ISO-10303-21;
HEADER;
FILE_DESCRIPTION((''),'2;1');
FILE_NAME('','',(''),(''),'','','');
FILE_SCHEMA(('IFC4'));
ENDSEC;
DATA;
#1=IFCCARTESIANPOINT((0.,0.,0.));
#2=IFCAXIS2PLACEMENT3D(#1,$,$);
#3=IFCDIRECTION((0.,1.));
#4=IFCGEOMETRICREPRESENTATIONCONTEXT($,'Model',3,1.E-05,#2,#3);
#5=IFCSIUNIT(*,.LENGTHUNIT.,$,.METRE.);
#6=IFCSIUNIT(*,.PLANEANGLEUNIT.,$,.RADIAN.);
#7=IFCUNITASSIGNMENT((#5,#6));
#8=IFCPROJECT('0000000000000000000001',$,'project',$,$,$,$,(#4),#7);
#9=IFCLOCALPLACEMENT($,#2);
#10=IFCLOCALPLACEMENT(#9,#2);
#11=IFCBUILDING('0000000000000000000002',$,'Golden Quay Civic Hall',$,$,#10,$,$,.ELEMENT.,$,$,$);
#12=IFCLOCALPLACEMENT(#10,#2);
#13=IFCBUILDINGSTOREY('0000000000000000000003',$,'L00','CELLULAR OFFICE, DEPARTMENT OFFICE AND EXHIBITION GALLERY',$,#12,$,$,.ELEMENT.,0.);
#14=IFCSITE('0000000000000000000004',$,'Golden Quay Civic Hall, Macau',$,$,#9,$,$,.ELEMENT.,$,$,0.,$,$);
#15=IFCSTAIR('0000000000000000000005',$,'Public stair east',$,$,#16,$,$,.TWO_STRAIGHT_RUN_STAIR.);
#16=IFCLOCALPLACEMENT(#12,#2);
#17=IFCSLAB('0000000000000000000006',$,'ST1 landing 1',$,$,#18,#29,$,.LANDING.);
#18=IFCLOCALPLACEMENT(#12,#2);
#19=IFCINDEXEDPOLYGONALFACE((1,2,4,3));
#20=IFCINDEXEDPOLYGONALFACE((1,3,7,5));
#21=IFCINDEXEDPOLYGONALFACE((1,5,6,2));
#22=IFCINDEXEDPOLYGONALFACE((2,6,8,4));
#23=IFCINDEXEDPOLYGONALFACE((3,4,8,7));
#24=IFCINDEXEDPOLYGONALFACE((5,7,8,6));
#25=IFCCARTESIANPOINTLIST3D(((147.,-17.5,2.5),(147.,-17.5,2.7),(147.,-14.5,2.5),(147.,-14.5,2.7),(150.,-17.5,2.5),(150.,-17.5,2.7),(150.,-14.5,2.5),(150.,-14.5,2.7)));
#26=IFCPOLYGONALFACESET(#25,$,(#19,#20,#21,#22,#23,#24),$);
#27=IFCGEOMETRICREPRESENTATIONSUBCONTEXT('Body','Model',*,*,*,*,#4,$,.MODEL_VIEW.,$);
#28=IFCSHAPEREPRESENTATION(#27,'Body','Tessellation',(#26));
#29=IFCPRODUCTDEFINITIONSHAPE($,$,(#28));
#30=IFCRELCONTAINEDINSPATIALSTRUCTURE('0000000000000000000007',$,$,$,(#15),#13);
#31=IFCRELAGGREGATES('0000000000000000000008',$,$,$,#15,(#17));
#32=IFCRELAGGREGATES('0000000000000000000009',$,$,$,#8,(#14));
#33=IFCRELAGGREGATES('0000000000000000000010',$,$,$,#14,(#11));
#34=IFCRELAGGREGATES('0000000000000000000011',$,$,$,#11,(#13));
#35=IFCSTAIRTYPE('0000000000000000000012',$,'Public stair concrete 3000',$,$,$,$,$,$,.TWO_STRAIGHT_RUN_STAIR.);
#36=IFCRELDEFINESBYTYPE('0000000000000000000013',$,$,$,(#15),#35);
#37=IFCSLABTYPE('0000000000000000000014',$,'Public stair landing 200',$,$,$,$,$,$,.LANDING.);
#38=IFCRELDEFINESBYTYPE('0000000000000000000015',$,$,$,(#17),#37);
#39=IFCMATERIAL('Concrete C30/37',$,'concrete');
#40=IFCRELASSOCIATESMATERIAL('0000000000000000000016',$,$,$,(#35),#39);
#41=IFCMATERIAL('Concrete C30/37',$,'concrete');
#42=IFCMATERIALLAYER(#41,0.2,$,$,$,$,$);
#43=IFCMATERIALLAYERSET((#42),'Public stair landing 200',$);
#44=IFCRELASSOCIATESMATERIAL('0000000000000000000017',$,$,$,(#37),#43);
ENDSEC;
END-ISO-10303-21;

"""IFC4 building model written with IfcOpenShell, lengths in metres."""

from ifc_helpers import new_model, si_unit, direction, frame, origin, place, context, subcontext, project, spatial, polyline, outline, extrude, material, layer, layer_set, type_object, element, aggregate, save


model = new_model("IFC4")

# Units and contexts
model_context = context("Model", 3, precision=1e-05, world=origin(), true_north=direction((0.0, 1.0)))
body_context = subcontext(model_context, "Body", "Model", "MODEL_VIEW")
ifc_project = project(units=[si_unit("LENGTHUNIT", "METRE"), si_unit("PLANEANGLEUNIT", "RADIAN")], contexts=[model_context])

# Site, building, storey
site_placement = place(None, origin())
site = spatial("IfcSite", under=ifc_project, at=site_placement, Name="Golden Quay Civic Hall, Macau", CompositionType="ELEMENT", RefElevation=0.0)
building_placement = place(site_placement, origin())
building = spatial("IfcBuilding", under=site, at=building_placement, Name="Golden Quay Civic Hall", CompositionType="ELEMENT")
storey_placement = place(building_placement, origin())
storey = spatial("IfcBuildingStorey", under=building, at=storey_placement, Name="L00", Description="CELLULAR OFFICE, DEPARTMENT OFFICE AND EXHIBITION GALLERY", CompositionType="ELEMENT", Elevation=0.0)

# Stair, slab
ifc_material_1 = material(Name="Concrete C30/37", Category="concrete")
stair_type = type_object("IfcStairType", Name="Public stair concrete 3000", PredefinedType="TWO_STRAIGHT_RUN_STAIR", material=ifc_material_1)
stair_placement = place(storey_placement, origin())
stair = element("IfcStair", 1, at=stair_placement, inside=storey, type_object=stair_type, Name="Public stair east", PredefinedType="TWO_STRAIGHT_RUN_STAIR")
ifc_material_2 = material(Name="Concrete C30/37", Category="concrete")
ifc_layer_1 = layer(ifc_material_2, 0.2)
ifc_layer_set_1 = layer_set([ifc_layer_1], Name="Public stair landing 200")
slab_type_1 = type_object("IfcSlabType", Name="Public stair landing 200", PredefinedType="LANDING", material=ifc_layer_set_1)
slab_1_placement = place(storey_placement, frame((0.0, 0.0, 2.5)))
slab_1 = element("IfcSlab", 2, at=slab_1_placement, type_object=slab_type_1, Name="ST1 landing 1", PredefinedType="LANDING", context=body_context, shape_type="SweptSolid", body=[
    extrude(outline(polyline([(147.0, -17.5), (150.0, -17.5), (150.0, -14.5), (147.0, -14.5), (147.0, -17.5)])), origin(), (0.0, 0.0, 1.0), 0.2),
])
aggregate(stair, [slab_1])

save(model, "model.ifc")
